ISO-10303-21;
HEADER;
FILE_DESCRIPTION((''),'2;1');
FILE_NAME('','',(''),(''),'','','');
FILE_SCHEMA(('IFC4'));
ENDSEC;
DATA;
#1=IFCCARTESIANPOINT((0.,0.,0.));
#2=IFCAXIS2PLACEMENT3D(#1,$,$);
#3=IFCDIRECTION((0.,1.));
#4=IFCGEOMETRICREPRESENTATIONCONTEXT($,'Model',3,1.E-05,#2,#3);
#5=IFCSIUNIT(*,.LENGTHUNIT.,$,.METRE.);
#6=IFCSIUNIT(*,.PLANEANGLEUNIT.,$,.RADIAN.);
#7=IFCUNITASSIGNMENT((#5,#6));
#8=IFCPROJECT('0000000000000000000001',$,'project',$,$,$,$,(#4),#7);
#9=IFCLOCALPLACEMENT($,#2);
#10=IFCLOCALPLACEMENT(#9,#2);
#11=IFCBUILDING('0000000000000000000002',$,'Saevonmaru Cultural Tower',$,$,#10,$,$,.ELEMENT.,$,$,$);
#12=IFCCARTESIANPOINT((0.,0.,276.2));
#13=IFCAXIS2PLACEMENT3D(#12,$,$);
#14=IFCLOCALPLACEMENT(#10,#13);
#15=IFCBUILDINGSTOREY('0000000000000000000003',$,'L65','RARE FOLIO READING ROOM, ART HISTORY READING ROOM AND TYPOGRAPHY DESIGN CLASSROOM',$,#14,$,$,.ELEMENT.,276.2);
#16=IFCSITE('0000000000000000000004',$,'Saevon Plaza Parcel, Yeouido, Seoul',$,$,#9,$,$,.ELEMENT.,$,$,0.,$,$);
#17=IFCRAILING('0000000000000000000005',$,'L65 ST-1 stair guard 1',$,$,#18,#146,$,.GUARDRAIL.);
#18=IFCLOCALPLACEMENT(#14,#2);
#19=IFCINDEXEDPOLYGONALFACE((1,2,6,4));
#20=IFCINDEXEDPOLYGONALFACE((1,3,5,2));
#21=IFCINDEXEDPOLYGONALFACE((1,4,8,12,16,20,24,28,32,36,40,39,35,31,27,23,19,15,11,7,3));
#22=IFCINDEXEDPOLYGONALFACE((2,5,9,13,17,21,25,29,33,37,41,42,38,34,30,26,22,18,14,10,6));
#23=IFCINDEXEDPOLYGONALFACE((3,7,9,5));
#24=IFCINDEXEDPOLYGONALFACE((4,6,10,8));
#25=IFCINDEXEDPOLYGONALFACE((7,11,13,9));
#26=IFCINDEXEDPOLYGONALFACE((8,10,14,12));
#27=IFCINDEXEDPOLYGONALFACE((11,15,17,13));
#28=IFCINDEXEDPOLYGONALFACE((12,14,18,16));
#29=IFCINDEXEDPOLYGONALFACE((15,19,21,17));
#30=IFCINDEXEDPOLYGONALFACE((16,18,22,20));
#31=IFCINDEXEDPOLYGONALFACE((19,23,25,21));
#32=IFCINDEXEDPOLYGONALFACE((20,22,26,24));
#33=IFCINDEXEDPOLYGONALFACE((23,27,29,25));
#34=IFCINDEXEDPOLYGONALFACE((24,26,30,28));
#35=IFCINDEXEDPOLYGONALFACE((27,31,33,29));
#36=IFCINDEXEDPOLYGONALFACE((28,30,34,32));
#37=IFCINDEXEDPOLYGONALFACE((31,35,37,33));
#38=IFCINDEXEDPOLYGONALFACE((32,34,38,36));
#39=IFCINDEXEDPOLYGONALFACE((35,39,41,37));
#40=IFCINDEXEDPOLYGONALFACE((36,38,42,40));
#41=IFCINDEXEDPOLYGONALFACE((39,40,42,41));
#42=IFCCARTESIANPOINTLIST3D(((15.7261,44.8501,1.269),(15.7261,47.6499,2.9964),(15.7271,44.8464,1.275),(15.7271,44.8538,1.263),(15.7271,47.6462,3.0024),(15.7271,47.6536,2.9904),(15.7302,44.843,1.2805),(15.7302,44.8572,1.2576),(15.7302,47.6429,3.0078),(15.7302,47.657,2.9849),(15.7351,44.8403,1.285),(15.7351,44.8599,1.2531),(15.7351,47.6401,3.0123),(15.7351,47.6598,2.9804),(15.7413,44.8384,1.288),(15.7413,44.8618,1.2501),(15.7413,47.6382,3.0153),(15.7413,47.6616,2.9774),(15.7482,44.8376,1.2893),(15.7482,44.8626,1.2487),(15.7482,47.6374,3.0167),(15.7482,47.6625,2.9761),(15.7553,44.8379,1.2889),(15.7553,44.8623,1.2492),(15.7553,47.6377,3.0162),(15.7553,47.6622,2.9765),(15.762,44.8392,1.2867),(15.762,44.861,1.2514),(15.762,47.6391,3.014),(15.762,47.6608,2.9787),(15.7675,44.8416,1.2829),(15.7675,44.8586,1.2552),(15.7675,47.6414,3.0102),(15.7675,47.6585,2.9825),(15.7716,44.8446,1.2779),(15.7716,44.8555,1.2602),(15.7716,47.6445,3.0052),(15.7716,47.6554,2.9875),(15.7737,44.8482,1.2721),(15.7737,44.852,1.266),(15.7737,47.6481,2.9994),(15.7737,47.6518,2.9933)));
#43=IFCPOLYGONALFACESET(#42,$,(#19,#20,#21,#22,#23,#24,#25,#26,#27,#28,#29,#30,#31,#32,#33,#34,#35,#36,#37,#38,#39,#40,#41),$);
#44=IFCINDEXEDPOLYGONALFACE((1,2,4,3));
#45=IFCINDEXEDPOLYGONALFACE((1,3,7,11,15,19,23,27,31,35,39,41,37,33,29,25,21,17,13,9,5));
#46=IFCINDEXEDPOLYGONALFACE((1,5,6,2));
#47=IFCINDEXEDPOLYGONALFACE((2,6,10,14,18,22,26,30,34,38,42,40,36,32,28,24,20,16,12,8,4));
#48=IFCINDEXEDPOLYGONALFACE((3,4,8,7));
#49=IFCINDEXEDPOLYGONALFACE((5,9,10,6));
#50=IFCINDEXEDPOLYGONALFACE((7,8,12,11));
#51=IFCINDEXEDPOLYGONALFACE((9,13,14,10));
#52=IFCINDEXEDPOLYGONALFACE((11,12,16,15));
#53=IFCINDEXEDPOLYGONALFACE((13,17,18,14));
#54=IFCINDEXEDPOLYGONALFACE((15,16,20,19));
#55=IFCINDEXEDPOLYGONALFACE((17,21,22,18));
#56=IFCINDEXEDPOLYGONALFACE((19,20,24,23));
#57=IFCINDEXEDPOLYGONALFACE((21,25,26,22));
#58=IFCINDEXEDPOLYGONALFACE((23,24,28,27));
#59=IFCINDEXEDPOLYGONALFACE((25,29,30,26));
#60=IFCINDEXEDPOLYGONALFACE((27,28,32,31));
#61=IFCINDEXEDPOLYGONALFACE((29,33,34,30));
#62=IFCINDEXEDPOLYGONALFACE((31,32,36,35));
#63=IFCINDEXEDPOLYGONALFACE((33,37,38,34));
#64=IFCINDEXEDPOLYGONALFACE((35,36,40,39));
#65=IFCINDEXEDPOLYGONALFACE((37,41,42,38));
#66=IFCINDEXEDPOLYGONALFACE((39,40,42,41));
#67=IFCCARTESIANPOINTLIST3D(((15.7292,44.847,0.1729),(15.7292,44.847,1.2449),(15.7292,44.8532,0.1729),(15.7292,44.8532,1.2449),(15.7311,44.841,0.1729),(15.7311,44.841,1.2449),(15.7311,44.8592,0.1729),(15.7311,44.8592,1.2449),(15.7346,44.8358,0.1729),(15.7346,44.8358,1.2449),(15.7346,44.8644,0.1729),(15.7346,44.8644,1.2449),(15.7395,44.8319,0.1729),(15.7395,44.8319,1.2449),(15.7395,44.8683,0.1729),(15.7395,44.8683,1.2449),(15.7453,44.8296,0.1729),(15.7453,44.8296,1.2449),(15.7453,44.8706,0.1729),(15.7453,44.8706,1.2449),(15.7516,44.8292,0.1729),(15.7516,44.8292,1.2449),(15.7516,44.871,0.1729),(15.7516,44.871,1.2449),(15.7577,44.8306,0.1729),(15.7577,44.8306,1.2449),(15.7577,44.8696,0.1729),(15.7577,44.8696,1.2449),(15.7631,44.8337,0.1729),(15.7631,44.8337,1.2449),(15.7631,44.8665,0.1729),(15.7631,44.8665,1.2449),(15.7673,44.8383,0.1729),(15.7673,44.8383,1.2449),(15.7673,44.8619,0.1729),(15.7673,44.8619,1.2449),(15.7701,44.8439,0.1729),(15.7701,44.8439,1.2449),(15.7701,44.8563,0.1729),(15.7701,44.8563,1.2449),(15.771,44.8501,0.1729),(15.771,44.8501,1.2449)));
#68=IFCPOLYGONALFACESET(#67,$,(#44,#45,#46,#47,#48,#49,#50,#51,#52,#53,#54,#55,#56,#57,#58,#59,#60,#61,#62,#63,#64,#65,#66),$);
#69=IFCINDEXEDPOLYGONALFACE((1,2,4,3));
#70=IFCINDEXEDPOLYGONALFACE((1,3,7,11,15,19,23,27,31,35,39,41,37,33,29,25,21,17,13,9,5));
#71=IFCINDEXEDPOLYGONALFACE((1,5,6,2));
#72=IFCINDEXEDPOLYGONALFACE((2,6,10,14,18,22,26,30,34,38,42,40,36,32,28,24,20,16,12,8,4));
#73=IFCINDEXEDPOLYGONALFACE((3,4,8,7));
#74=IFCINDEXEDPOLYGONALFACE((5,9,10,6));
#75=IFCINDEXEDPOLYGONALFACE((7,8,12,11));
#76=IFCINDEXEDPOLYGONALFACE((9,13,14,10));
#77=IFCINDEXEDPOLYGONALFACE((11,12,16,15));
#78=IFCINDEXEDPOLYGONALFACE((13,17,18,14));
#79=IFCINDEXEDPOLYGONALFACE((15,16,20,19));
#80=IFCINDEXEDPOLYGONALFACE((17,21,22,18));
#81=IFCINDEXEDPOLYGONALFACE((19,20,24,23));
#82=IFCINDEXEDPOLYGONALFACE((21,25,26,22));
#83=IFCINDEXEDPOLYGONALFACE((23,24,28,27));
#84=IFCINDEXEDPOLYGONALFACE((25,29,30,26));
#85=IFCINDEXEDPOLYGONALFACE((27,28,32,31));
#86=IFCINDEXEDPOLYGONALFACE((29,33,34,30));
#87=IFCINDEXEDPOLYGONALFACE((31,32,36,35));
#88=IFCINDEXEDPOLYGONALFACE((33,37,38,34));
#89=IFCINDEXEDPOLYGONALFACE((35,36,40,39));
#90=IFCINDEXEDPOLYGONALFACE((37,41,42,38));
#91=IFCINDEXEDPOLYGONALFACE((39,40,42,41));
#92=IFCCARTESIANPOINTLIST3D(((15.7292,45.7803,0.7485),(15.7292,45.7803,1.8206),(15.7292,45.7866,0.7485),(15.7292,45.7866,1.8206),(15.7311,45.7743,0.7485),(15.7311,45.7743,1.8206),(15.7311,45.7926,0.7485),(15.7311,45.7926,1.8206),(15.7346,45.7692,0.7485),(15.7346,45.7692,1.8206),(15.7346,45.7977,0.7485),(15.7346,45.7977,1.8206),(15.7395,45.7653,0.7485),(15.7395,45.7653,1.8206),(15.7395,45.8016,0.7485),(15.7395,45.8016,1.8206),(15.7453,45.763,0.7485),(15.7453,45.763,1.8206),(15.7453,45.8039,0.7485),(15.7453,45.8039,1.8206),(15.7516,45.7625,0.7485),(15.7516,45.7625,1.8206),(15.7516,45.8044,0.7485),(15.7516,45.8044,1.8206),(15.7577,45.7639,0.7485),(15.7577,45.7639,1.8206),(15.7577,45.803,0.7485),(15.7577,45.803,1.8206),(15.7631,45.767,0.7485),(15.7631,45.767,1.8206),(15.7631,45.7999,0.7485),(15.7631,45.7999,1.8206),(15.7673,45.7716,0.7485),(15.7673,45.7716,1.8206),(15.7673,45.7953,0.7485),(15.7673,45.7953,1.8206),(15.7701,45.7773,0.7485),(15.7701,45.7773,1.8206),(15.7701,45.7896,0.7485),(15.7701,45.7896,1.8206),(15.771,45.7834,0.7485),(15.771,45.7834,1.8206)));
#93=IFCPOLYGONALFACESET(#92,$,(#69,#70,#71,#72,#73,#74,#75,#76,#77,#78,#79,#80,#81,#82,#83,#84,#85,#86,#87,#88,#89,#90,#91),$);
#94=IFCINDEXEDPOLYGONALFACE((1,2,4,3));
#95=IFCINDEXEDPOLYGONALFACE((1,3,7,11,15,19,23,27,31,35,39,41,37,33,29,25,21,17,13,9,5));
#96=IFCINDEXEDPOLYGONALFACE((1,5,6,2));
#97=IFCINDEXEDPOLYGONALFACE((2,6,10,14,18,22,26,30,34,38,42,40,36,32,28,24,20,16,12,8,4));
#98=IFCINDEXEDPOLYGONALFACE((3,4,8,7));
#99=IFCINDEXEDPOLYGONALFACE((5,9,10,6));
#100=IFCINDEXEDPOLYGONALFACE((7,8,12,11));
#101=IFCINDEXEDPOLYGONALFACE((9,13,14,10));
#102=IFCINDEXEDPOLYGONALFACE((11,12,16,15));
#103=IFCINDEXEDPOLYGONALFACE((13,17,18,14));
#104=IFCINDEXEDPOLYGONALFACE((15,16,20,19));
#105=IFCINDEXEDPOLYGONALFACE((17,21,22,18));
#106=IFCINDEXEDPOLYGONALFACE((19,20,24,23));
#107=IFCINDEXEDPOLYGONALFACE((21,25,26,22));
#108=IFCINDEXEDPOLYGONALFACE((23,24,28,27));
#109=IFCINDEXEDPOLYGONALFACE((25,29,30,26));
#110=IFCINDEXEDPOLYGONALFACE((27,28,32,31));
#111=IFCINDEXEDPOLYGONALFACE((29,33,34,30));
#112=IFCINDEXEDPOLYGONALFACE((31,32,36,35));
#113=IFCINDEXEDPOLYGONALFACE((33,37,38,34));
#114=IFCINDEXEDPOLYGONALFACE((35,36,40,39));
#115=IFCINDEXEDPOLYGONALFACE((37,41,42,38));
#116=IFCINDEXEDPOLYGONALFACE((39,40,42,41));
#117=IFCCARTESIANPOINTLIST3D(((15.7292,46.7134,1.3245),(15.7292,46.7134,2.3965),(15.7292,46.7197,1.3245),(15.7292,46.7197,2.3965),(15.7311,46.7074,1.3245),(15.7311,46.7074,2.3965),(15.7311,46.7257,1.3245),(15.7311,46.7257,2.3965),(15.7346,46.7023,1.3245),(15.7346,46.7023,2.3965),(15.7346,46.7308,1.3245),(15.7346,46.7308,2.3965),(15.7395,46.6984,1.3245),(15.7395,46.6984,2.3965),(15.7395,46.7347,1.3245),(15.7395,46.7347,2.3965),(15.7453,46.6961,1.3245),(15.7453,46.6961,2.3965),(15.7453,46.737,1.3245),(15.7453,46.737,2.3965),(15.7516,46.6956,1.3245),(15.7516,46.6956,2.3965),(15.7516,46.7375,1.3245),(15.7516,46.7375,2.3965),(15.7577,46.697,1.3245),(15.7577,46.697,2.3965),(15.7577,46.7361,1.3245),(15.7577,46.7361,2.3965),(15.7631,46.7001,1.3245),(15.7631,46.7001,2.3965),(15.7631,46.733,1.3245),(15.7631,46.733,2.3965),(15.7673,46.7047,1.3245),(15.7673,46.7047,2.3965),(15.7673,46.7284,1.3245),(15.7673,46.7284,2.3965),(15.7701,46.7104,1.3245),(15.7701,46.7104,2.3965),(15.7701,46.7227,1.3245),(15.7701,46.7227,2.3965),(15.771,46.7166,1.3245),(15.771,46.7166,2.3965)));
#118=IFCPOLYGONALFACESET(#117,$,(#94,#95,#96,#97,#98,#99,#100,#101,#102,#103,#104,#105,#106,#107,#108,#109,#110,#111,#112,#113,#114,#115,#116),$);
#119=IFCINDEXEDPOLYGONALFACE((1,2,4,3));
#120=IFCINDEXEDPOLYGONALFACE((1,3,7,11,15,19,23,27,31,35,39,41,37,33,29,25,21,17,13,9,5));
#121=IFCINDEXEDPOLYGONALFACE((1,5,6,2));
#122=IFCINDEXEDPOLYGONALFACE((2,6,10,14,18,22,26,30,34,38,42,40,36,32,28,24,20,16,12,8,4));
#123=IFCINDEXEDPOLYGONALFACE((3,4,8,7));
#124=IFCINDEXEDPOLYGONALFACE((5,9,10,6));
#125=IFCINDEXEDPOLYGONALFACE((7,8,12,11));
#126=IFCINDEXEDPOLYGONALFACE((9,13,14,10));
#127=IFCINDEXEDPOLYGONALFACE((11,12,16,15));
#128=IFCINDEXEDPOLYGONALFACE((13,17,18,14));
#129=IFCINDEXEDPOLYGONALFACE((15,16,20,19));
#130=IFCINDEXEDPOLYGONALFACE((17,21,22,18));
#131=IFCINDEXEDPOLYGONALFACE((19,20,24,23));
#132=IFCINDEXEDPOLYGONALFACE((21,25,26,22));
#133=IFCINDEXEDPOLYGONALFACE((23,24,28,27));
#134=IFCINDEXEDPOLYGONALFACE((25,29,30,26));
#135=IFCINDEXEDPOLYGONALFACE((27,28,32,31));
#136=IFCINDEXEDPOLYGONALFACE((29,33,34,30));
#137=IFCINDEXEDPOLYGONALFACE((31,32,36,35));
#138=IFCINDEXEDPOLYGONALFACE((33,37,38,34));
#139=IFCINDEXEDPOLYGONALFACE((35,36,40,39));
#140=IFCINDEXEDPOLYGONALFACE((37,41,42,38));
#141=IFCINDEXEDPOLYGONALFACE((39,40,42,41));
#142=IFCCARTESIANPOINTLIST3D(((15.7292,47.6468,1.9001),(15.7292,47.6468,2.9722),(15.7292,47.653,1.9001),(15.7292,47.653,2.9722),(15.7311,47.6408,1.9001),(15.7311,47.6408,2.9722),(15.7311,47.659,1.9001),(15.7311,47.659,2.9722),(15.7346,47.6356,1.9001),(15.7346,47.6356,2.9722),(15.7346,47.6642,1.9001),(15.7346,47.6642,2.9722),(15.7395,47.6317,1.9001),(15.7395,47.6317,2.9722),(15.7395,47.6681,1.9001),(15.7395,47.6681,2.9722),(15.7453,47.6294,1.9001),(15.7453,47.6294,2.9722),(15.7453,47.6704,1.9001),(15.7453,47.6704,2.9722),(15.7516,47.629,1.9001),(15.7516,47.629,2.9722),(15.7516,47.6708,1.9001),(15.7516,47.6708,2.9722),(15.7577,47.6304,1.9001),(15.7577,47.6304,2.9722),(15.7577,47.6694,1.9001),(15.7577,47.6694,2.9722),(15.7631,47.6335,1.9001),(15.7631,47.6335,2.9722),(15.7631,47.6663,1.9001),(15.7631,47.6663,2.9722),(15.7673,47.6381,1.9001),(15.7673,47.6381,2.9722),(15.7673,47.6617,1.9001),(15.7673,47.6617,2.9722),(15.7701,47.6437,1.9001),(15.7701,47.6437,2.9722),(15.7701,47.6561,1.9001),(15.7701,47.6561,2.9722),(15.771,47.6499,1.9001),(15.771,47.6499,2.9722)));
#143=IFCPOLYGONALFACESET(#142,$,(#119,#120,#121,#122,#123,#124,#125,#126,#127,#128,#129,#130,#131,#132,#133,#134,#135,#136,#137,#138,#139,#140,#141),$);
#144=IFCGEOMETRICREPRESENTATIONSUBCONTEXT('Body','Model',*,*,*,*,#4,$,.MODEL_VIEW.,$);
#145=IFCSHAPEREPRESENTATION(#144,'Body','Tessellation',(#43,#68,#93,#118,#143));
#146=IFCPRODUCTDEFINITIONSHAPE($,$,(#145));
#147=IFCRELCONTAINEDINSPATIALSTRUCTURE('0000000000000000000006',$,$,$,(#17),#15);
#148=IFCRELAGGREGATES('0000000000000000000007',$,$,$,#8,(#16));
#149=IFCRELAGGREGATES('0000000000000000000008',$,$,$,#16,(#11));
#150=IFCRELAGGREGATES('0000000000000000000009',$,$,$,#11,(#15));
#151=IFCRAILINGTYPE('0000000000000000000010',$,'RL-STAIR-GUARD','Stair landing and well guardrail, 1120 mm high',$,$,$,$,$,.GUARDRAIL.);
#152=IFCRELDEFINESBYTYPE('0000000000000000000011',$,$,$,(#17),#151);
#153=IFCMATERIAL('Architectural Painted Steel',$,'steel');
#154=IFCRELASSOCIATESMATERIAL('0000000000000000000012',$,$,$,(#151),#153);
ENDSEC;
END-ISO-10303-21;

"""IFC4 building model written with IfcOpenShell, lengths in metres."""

from ifc_helpers import new_model, si_unit, direction, frame, origin, origin_2d, place, context, subcontext, project, spatial, circle, extrude, material, type_object, element, save


model = new_model("IFC4")

# Units and contexts
model_context = context("Model", 3, precision=1e-05, world=origin(), true_north=direction((0.0, 1.0)))
body_context = subcontext(model_context, "Body", "Model", "MODEL_VIEW")
ifc_project = project(units=[si_unit("LENGTHUNIT", "METRE"), si_unit("PLANEANGLEUNIT", "RADIAN")], contexts=[model_context])

# Site, building, storey
site_placement = place(None, origin())
site = spatial("IfcSite", under=ifc_project, at=site_placement, Name="Saevon Plaza Parcel, Yeouido, Seoul", CompositionType="ELEMENT", RefElevation=0.0)
building_placement = place(site_placement, origin())
building = spatial("IfcBuilding", under=site, at=building_placement, Name="Saevonmaru Cultural Tower", CompositionType="ELEMENT")
storey_placement = place(building_placement, frame((0.0, 0.0, 276.2)))
storey = spatial("IfcBuildingStorey", under=building, at=storey_placement, Name="L65", Description="RARE FOLIO READING ROOM, ART HISTORY READING ROOM AND TYPOGRAPHY DESIGN CLASSROOM", CompositionType="ELEMENT", Elevation=276.2)

# Railing
ifc_material_1 = material(Name="Architectural Painted Steel", Category="steel")
railing_type_1 = type_object("IfcRailingType", Name="RL-STAIR-GUARD", Description="Stair landing and well guardrail, 1120 mm high", PredefinedType="GUARDRAIL", material=ifc_material_1)
railing_1_placement = place(storey_placement, frame((15.75, 44.8501, 0.1729)))
element("IfcRailing", 1, at=railing_1_placement, inside=storey, type_object=railing_type_1, Name="L65 ST-1 stair guard 1", PredefinedType="GUARDRAIL", context=body_context, shape_type="SweptSolid", body=[
    extrude(circle(Radius=0.0239, at=origin_2d()), frame((0.0, 0.0, 1.0962), z_axis=(0.0, 0.851069, 0.525054), x_axis=(-1.0, 0.0, 0.0)), (0.0, 0.0, 1.0), 3.2898),
    extrude(circle(Radius=0.021, at=origin_2d()), origin(), (0.0, 0.0, 1.0), 1.072),
    extrude(circle(Radius=0.021, at=origin_2d()), frame((0.0, 0.9333, 0.5757)), (0.0, 0.0, 1.0), 1.072),
    extrude(circle(Radius=0.021, at=origin_2d()), frame((0.0, 1.8665, 1.1516)), (0.0, 0.0, 1.0), 1.072),
    extrude(circle(Radius=0.021, at=origin_2d()), frame((0.0, 2.7998, 1.7273)), (0.0, 0.0, 1.0), 1.072),
])

save(model, "model.ifc")
